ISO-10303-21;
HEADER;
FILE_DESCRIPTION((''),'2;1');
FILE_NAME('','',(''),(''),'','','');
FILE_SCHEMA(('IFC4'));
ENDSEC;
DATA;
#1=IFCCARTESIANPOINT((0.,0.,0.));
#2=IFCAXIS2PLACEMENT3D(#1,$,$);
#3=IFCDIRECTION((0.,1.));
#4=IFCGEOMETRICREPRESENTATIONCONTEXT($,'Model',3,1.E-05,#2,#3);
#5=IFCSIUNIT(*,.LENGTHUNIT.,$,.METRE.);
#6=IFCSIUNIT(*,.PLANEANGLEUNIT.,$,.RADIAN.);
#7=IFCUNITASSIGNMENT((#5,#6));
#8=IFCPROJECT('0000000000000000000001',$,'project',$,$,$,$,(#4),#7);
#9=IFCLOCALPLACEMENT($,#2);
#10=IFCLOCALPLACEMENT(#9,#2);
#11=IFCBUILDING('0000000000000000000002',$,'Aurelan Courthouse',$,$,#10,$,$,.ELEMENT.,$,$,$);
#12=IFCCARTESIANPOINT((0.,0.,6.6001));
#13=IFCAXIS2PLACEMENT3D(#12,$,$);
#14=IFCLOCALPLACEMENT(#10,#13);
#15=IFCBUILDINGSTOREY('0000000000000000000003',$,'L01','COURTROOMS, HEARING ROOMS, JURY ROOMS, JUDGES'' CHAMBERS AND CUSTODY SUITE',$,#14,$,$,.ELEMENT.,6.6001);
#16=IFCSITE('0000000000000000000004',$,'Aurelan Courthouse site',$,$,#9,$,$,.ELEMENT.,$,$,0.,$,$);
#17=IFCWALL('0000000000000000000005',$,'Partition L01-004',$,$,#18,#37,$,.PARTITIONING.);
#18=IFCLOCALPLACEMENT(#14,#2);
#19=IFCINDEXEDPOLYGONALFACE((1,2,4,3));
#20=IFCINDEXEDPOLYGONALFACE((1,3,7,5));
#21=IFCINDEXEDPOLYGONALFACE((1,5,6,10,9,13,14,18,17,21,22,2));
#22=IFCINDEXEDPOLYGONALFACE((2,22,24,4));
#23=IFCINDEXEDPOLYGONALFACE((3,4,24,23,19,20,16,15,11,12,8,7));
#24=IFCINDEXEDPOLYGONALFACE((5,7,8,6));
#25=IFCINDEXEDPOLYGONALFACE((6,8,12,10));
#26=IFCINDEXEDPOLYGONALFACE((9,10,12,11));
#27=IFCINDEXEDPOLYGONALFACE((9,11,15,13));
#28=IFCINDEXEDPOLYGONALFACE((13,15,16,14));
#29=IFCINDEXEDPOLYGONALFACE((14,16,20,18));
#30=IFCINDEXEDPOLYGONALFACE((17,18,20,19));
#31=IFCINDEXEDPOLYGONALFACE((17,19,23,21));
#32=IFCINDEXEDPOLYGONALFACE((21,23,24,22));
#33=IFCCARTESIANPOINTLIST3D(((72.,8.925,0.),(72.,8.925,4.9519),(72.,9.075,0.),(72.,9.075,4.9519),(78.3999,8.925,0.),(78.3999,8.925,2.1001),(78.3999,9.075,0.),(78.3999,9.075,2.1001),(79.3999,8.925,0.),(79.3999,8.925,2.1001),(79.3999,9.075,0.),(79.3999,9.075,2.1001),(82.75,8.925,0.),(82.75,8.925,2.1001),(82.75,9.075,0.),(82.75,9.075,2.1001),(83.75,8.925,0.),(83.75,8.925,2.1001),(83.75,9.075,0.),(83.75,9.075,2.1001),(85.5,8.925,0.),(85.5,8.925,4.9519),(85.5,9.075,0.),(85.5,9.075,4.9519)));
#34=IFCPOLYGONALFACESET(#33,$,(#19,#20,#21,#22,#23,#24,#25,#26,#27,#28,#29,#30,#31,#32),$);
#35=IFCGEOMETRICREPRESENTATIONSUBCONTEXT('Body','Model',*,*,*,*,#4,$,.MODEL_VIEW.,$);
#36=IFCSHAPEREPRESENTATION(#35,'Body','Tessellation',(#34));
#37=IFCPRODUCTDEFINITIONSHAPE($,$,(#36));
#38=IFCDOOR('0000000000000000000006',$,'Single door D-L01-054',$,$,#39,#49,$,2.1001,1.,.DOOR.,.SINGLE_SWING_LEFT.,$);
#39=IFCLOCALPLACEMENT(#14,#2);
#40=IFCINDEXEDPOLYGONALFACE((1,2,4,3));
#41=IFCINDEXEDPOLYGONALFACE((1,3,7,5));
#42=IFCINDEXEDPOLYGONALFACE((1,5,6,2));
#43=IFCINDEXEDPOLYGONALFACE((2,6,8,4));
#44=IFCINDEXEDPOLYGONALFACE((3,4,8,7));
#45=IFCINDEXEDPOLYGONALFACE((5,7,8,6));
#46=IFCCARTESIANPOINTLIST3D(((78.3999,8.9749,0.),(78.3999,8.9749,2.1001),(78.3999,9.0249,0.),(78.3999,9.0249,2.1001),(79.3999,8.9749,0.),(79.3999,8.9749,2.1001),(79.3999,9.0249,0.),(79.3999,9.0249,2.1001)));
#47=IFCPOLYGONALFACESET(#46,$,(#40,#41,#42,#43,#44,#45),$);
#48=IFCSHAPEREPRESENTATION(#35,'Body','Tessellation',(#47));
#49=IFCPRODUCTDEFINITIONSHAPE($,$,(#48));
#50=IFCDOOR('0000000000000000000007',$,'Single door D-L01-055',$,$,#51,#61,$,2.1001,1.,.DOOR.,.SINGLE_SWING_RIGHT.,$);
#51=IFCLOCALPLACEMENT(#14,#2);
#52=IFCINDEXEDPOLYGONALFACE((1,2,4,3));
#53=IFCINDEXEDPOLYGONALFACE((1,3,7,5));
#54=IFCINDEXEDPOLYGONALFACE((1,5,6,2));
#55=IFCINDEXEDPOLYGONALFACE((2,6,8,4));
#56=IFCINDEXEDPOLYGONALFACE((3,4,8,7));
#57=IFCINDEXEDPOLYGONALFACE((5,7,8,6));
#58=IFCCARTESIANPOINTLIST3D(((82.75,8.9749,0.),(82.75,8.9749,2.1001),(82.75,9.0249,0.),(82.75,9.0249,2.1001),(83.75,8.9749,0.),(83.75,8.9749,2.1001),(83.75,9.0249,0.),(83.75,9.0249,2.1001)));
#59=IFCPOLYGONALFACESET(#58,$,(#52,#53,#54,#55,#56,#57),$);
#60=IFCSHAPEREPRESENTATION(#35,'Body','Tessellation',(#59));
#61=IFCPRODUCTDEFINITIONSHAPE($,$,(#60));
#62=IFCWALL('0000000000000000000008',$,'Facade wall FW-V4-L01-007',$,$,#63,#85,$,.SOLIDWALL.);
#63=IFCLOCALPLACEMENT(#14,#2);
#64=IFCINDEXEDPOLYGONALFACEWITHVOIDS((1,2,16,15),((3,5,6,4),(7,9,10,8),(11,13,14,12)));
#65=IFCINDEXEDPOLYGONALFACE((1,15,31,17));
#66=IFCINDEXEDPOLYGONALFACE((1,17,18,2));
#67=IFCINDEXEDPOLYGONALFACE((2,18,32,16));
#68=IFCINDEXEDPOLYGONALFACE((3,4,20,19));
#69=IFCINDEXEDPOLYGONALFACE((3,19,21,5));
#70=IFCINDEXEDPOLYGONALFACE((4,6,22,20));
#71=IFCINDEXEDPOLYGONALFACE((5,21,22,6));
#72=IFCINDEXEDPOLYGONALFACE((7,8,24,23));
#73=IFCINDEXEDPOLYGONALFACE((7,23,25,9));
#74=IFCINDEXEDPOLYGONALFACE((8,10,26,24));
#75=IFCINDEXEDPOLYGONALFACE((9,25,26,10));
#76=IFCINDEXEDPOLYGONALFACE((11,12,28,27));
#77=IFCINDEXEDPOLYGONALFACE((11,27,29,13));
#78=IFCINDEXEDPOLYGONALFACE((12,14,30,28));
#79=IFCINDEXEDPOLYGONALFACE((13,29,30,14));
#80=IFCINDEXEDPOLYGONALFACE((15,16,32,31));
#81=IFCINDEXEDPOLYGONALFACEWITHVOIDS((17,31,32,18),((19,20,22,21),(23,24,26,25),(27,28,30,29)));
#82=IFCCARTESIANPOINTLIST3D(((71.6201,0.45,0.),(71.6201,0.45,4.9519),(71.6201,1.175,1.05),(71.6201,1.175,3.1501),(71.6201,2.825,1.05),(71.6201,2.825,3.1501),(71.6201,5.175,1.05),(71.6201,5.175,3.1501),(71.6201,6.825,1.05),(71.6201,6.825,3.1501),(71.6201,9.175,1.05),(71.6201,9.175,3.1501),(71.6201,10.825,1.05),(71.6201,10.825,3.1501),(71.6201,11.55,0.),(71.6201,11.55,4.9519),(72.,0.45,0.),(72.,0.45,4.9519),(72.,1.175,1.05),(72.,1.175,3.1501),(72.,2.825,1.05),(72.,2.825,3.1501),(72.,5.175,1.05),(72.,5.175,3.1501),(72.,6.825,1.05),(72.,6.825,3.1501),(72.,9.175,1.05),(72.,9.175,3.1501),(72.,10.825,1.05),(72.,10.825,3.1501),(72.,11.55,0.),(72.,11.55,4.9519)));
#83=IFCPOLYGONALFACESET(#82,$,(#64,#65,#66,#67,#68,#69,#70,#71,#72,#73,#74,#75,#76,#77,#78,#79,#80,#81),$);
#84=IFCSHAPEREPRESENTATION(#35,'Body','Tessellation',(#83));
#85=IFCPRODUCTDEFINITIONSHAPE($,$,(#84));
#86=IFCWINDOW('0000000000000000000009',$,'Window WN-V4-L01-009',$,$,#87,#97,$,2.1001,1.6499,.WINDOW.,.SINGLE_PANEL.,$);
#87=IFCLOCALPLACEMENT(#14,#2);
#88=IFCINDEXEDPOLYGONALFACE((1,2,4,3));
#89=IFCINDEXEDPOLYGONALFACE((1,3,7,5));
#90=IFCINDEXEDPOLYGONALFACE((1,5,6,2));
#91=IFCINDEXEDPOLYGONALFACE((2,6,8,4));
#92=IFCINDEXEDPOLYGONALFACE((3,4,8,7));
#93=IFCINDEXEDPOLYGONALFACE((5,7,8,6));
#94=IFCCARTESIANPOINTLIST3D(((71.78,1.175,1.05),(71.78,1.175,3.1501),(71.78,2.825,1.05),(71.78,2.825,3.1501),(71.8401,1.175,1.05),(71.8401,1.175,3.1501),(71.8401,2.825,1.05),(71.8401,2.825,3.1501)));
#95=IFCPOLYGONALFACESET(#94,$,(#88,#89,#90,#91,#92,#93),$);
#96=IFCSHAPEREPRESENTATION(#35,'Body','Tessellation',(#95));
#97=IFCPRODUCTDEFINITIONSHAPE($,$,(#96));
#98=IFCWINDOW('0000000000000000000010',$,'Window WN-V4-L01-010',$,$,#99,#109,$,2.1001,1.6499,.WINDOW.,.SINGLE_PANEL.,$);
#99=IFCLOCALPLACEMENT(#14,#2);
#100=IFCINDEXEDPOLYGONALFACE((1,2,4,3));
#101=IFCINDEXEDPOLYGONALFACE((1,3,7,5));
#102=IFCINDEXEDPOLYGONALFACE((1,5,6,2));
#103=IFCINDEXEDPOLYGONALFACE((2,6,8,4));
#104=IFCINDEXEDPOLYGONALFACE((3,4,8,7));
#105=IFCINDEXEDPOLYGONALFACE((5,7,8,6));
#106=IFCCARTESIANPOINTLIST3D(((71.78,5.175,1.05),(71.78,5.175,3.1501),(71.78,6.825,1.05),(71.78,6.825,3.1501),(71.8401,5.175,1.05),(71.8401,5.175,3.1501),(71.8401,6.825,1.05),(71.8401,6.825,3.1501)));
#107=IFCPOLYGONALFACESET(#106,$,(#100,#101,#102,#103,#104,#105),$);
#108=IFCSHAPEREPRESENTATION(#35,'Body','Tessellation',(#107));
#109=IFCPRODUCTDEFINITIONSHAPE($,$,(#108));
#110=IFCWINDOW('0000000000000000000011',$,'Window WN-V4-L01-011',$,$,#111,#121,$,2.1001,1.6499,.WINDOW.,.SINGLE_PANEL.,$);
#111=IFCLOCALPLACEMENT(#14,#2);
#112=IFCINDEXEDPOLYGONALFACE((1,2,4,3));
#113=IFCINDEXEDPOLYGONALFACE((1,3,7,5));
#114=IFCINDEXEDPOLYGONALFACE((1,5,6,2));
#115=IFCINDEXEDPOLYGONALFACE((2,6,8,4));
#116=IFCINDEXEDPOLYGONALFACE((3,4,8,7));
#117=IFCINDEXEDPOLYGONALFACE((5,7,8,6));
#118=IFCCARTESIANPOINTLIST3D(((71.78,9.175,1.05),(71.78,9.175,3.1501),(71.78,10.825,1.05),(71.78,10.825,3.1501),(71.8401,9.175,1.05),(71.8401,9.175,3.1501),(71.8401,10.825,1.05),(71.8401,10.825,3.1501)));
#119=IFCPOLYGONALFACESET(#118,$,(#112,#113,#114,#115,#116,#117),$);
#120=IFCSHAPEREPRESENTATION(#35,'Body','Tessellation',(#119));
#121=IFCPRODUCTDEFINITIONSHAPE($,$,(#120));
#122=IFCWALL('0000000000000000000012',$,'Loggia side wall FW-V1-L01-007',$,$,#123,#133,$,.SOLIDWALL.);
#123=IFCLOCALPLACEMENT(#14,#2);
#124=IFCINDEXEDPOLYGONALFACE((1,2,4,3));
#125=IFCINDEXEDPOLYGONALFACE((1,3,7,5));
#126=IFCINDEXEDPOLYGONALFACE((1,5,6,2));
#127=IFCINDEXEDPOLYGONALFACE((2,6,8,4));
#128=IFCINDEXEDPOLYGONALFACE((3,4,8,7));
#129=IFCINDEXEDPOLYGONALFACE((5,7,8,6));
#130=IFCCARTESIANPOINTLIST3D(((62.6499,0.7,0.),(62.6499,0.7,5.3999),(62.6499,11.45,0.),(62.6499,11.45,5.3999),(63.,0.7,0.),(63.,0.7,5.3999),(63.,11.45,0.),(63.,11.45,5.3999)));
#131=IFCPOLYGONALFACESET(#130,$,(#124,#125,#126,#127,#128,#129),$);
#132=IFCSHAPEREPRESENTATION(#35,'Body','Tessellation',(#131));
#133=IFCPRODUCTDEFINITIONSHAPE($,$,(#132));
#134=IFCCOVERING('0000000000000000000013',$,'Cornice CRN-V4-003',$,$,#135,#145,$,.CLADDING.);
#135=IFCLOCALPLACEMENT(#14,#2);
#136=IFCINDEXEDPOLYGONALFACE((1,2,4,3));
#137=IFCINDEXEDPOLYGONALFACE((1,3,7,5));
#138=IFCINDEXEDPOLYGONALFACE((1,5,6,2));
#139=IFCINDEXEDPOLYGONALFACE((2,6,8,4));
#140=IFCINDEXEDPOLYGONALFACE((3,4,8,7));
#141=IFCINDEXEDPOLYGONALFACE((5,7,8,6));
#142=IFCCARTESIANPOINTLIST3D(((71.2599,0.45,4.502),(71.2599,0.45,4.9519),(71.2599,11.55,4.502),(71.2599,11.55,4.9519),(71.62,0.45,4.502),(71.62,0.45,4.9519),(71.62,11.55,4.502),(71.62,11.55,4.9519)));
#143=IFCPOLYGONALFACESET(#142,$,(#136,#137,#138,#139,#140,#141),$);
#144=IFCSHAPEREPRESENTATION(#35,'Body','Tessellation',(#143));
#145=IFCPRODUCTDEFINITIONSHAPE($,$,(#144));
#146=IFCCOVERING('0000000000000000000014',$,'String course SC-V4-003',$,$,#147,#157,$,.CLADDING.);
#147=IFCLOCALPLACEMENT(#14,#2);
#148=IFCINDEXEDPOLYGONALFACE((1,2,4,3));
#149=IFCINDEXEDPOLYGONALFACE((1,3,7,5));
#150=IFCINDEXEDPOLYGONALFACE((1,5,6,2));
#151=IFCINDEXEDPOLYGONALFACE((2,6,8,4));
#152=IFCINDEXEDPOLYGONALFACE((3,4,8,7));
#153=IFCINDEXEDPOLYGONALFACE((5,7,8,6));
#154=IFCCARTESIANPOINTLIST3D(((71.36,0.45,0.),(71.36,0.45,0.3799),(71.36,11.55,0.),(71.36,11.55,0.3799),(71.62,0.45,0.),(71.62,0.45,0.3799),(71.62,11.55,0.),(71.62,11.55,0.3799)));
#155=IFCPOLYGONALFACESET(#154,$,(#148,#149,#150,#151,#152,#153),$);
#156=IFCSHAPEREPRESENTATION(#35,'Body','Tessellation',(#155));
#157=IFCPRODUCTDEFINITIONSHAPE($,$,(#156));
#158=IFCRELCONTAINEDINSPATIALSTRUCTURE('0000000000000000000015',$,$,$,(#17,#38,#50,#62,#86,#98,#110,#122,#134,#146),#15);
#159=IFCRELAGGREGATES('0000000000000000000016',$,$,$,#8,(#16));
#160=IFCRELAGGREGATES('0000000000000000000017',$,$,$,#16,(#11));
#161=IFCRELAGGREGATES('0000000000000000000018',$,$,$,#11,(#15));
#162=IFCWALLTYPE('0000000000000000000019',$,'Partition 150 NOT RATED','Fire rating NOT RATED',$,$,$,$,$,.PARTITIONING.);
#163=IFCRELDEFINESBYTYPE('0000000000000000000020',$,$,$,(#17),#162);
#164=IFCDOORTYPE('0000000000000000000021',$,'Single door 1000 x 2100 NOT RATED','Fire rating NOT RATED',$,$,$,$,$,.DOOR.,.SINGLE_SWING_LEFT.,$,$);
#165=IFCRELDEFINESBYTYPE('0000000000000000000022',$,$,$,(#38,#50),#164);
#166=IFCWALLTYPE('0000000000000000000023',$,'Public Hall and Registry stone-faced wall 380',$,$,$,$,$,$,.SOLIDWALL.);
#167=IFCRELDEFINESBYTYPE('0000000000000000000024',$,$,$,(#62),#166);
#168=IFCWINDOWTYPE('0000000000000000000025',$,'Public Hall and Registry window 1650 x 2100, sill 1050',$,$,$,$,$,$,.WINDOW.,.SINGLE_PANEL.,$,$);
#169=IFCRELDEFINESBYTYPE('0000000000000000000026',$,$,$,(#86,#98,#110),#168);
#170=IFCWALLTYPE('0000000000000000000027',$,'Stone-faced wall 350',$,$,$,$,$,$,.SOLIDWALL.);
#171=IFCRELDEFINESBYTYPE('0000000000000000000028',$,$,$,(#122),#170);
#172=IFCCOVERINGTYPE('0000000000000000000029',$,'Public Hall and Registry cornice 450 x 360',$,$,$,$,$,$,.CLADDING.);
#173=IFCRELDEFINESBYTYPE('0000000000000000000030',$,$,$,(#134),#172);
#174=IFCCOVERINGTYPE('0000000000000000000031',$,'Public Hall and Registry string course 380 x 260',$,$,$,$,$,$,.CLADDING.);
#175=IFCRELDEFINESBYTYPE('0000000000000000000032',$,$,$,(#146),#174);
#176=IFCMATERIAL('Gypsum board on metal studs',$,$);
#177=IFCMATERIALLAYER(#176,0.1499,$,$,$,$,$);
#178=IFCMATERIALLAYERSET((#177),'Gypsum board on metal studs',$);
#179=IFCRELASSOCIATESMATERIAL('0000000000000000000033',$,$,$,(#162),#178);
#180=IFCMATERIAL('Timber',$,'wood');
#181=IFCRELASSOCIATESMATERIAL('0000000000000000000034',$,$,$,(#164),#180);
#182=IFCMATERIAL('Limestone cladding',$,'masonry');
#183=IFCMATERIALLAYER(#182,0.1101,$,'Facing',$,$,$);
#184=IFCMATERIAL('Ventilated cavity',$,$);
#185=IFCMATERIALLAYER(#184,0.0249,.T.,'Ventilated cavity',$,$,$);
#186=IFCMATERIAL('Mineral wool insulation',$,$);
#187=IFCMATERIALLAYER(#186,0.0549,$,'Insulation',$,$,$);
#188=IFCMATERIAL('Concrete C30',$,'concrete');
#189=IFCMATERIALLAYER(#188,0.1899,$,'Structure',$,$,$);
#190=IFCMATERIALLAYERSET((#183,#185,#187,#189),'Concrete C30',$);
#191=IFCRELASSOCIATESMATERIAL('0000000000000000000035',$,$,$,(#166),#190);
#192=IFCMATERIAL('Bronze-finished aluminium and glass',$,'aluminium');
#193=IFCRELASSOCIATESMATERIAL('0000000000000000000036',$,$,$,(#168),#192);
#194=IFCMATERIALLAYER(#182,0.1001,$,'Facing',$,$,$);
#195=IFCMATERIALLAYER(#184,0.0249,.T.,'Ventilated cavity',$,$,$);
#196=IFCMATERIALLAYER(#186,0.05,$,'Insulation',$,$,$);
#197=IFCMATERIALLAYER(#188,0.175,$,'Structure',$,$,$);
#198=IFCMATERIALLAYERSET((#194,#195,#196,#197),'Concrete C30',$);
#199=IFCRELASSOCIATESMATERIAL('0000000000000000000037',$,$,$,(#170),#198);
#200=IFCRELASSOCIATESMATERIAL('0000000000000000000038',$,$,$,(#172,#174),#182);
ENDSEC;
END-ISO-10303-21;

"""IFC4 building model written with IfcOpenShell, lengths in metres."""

from ifc_helpers import new_model, si_unit, direction, frame, frame_2d, origin, origin_2d, place, context, subcontext, project, spatial, rectangle, extrude, material, layer, layer_set, type_object, element, fill, save


model = new_model("IFC4")

# Units and contexts
model_context = context("Model", 3, precision=1e-05, world=origin(), true_north=direction((0.0, 1.0)))
body_context = subcontext(model_context, "Body", "Model", "MODEL_VIEW")
ifc_project = project(units=[si_unit("LENGTHUNIT", "METRE"), si_unit("PLANEANGLEUNIT", "RADIAN")], contexts=[model_context])

# Site, building, storey
site_placement = place(None, origin())
site = spatial("IfcSite", under=ifc_project, at=site_placement, Name="Aurelan Courthouse site", CompositionType="ELEMENT", RefElevation=0.0)
building_placement = place(site_placement, origin())
building = spatial("IfcBuilding", under=site, at=building_placement, Name="Aurelan Courthouse", CompositionType="ELEMENT")
storey_placement = place(building_placement, frame((0.0, 0.0, 6.6001)))
storey = spatial("IfcBuildingStorey", under=building, at=storey_placement, Name="L01", Description="COURTROOMS, HEARING ROOMS, JURY ROOMS, JUDGES' CHAMBERS AND CUSTODY SUITE", CompositionType="ELEMENT", Elevation=6.6001)

# Shared definitions
ifc_material_1 = material(Name="Bronze-finished aluminium and glass", Category="aluminium")

# Shared definitions
ifc_material_2 = material(Name="Limestone cladding", Category="masonry")

# Wall, openings, doors
ifc_material_3 = material(Name="Gypsum board on metal studs")
ifc_layer_1 = layer(ifc_material_3, 0.1499)
ifc_layer_set_1 = layer_set([ifc_layer_1], Name="Gypsum board on metal studs")
wall_type_1 = type_object("IfcWallType", Name="Partition 150 NOT RATED", Description="Fire rating NOT RATED", PredefinedType="PARTITIONING", material=ifc_layer_set_1)
wall_1_placement = place(storey_placement, frame((72.0, 9.0, 0.0), z_axis=(0.0, 0.0, 1.0), x_axis=(1.0, 0.0, 0.0)))
wall_1 = element("IfcWall", 1, at=wall_1_placement, inside=storey, type_object=wall_type_1, Name="Partition L01-004", PredefinedType="PARTITIONING", context=body_context, shape_type="SweptSolid", body=[
    extrude(rectangle(XDim=13.5, YDim=0.1499, at=frame_2d((6.75, 0.0))), origin(), (0.0, 0.0, 1.0), 4.9519),
])
opening_1_placement = place(wall_1_placement, frame((6.3999, 0.0, 0.0)))
opening_1 = element("IfcOpeningElement", 2, at=opening_1_placement, cuts=wall_1, PredefinedType="OPENING", context=body_context, shape_type="SweptSolid", body=[
    extrude(rectangle(XDim=1.0, YDim=2.1001, at=frame_2d((0.5, 1.05))), frame((0.0, 0.085, 0.0), z_axis=(0.0, -1.0, 0.0), x_axis=(1.0, 0.0, 0.0)), (0.0, 0.0, 1.0), 0.1699),
])
opening_2_placement = place(wall_1_placement, frame((10.75, 0.0, 0.0)))
opening_2 = element("IfcOpeningElement", 3, at=opening_2_placement, cuts=wall_1, PredefinedType="OPENING", context=body_context, shape_type="SweptSolid", body=[
    extrude(rectangle(XDim=1.0, YDim=2.1001, at=frame_2d((0.5, 1.05))), frame((0.0, 0.085, 0.0), z_axis=(0.0, -1.0, 0.0), x_axis=(1.0, 0.0, 0.0)), (0.0, 0.0, 1.0), 0.1699),
])
ifc_material_4 = material(Name="Timber", Category="wood")
door_type = type_object("IfcDoorType", Name="Single door 1000 x 2100 NOT RATED", Description="Fire rating NOT RATED", OperationType="SINGLE_SWING_LEFT", PredefinedType="DOOR", material=ifc_material_4)
door_1_placement = place(opening_1_placement, origin())
door_1 = element("IfcDoor", 4, at=door_1_placement, inside=storey, type_object=door_type, Name="Single door D-L01-054", OperationType="SINGLE_SWING_LEFT", OverallHeight=2.1001, OverallWidth=1.0, PredefinedType="DOOR", context=body_context, shape_type="SweptSolid", body=[
    extrude(rectangle(XDim=1.0, YDim=2.1001, at=frame_2d((0.5, 1.05))), frame((0.0, 0.0249, 0.0), z_axis=(0.0, -1.0, 0.0), x_axis=(1.0, 0.0, 0.0)), (0.0, 0.0, 1.0), 0.05),
])
fill(opening_1, door_1)
door_2_placement = place(opening_2_placement, origin())
door_2 = element("IfcDoor", 5, at=door_2_placement, inside=storey, type_object=door_type, Name="Single door D-L01-055", OperationType="SINGLE_SWING_RIGHT", OverallHeight=2.1001, OverallWidth=1.0, PredefinedType="DOOR", context=body_context, shape_type="SweptSolid", body=[
    extrude(rectangle(XDim=1.0, YDim=2.1001, at=frame_2d((0.5, 1.05))), frame((0.0, 0.0249, 0.0), z_axis=(0.0, -1.0, 0.0), x_axis=(1.0, 0.0, 0.0)), (0.0, 0.0, 1.0), 0.05),
])
fill(opening_2, door_2)

# Wall, openings, windows
ifc_layer_2 = layer(ifc_material_2, 0.1101, Name="Facing")
ifc_material_5 = material(Name="Ventilated cavity")
ifc_layer_3 = layer(ifc_material_5, 0.0249, ventilated=True, Name="Ventilated cavity")
ifc_material_6 = material(Name="Mineral wool insulation")
ifc_layer_4 = layer(ifc_material_6, 0.0549, Name="Insulation")
ifc_material_7 = material(Name="Concrete C30", Category="concrete")
ifc_layer_5 = layer(ifc_material_7, 0.1899, Name="Structure")
ifc_layer_set_2 = layer_set([ifc_layer_2, ifc_layer_3, ifc_layer_4, ifc_layer_5], Name="Concrete C30")
wall_type_2 = type_object("IfcWallType", Name="Public Hall and Registry stone-faced wall 380", PredefinedType="SOLIDWALL", material=ifc_layer_set_2)
wall_2_placement = place(storey_placement, frame((71.8101, 0.45, 0.0), z_axis=(0.0, 0.0, 1.0), x_axis=(0.0, 1.0, 0.0)))
wall_2 = element("IfcWall", 6, at=wall_2_placement, inside=storey, type_object=wall_type_2, Name="Facade wall FW-V4-L01-007", PredefinedType="SOLIDWALL", context=body_context, shape_type="SweptSolid", body=[
    extrude(rectangle(XDim=11.1001, YDim=0.3799, at=frame_2d((5.55, 0.0))), origin(), (0.0, 0.0, 1.0), 4.9519),
])
opening_3_placement = place(wall_2_placement, frame((0.7251, 0.0, 1.05)))
opening_3 = element("IfcOpeningElement", 7, at=opening_3_placement, cuts=wall_2, PredefinedType="OPENING", context=body_context, shape_type="SweptSolid", body=[
    extrude(rectangle(XDim=1.6499, YDim=2.1001, at=frame_2d((0.825, 1.05))), frame((0.0, 0.2, 0.0), z_axis=(0.0, -1.0, 0.0), x_axis=(1.0, 0.0, 0.0)), (0.0, 0.0, 1.0), 0.3999),
])
opening_4_placement = place(wall_2_placement, frame((4.7251, 0.0, 1.05)))
opening_4 = element("IfcOpeningElement", 8, at=opening_4_placement, cuts=wall_2, PredefinedType="OPENING", context=body_context, shape_type="SweptSolid", body=[
    extrude(rectangle(XDim=1.6499, YDim=2.1001, at=frame_2d((0.825, 1.05))), frame((0.0, 0.2, 0.0), z_axis=(0.0, -1.0, 0.0), x_axis=(1.0, 0.0, 0.0)), (0.0, 0.0, 1.0), 0.3999),
])
opening_5_placement = place(wall_2_placement, frame((8.7251, 0.0, 1.05)))
opening_5 = element("IfcOpeningElement", 9, at=opening_5_placement, cuts=wall_2, PredefinedType="OPENING", context=body_context, shape_type="SweptSolid", body=[
    extrude(rectangle(XDim=1.6499, YDim=2.1001, at=frame_2d((0.825, 1.05))), frame((0.0, 0.2, 0.0), z_axis=(0.0, -1.0, 0.0), x_axis=(1.0, 0.0, 0.0)), (0.0, 0.0, 1.0), 0.3999),
])
window_type = type_object("IfcWindowType", Name="Public Hall and Registry window 1650 x 2100, sill 1050", PartitioningType="SINGLE_PANEL", PredefinedType="WINDOW", material=ifc_material_1)
window_1_placement = place(opening_3_placement, origin())
window_1 = element("IfcWindow", 10, at=window_1_placement, inside=storey, type_object=window_type, Name="Window WN-V4-L01-009", OverallHeight=2.1001, OverallWidth=1.6499, PartitioningType="SINGLE_PANEL", PredefinedType="WINDOW", context=body_context, shape_type="SweptSolid", body=[
    extrude(rectangle(XDim=1.6499, YDim=2.1001, at=frame_2d((0.825, 1.05))), frame((0.0, 0.03, 0.0), z_axis=(0.0, -1.0, 0.0), x_axis=(1.0, 0.0, 0.0)), (0.0, 0.0, 1.0), 0.0601),
])
fill(opening_3, window_1)
window_2_placement = place(opening_4_placement, origin())
window_2 = element("IfcWindow", 11, at=window_2_placement, inside=storey, type_object=window_type, Name="Window WN-V4-L01-010", OverallHeight=2.1001, OverallWidth=1.6499, PartitioningType="SINGLE_PANEL", PredefinedType="WINDOW", context=body_context, shape_type="SweptSolid", body=[
    extrude(rectangle(XDim=1.6499, YDim=2.1001, at=frame_2d((0.825, 1.05))), frame((0.0, 0.03, 0.0), z_axis=(0.0, -1.0, 0.0), x_axis=(1.0, 0.0, 0.0)), (0.0, 0.0, 1.0), 0.0601),
])
fill(opening_4, window_2)
window_3_placement = place(opening_5_placement, origin())
window_3 = element("IfcWindow", 12, at=window_3_placement, inside=storey, type_object=window_type, Name="Window WN-V4-L01-011", OverallHeight=2.1001, OverallWidth=1.6499, PartitioningType="SINGLE_PANEL", PredefinedType="WINDOW", context=body_context, shape_type="SweptSolid", body=[
    extrude(rectangle(XDim=1.6499, YDim=2.1001, at=frame_2d((0.825, 1.05))), frame((0.0, 0.03, 0.0), z_axis=(0.0, -1.0, 0.0), x_axis=(1.0, 0.0, 0.0)), (0.0, 0.0, 1.0), 0.0601),
])
fill(opening_5, window_3)

# Wall
ifc_layer_6 = layer(ifc_material_2, 0.1001, Name="Facing")
ifc_layer_7 = layer(ifc_material_5, 0.0249, ventilated=True, Name="Ventilated cavity")
ifc_layer_8 = layer(ifc_material_6, 0.05, Name="Insulation")
ifc_layer_9 = layer(ifc_material_7, 0.175, Name="Structure")
ifc_layer_set_3 = layer_set([ifc_layer_6, ifc_layer_7, ifc_layer_8, ifc_layer_9], Name="Concrete C30")
wall_type_3 = type_object("IfcWallType", Name="Stone-faced wall 350", PredefinedType="SOLIDWALL", material=ifc_layer_set_3)
wall_3_placement = place(storey_placement, frame((62.825, 0.7, 0.0), z_axis=(0.0, 0.0, 1.0), x_axis=(0.0, 1.0, 0.0)))
element("IfcWall", 13, at=wall_3_placement, inside=storey, type_object=wall_type_3, Name="Loggia side wall FW-V1-L01-007", PredefinedType="SOLIDWALL", context=body_context, shape_type="SweptSolid", body=[
    extrude(rectangle(XDim=10.75, YDim=0.3501, at=frame_2d((5.375, 0.0))), origin(), (0.0, 0.0, 1.0), 5.3999),
])

# Coverings
covering_type_1 = type_object("IfcCoveringType", Name="Public Hall and Registry cornice 450 x 360", PredefinedType="CLADDING", material=ifc_material_2)
covering_1_placement = place(storey_placement, frame((71.4399, 6.0, 4.502), z_axis=(0.0, 0.0, 1.0), x_axis=(1.0, 0.0, 0.0)))
element("IfcCovering", 14, at=covering_1_placement, inside=storey, type_object=covering_type_1, Name="Cornice CRN-V4-003", PredefinedType="CLADDING", context=body_context, shape_type="SweptSolid", body=[
    extrude(rectangle(XDim=0.3601, YDim=11.1001, at=origin_2d()), origin(), (0.0, 0.0, 1.0), 0.45),
])
covering_type_2 = type_object("IfcCoveringType", Name="Public Hall and Registry string course 380 x 260", PredefinedType="CLADDING", material=ifc_material_2)
covering_2_placement = place(storey_placement, frame((71.49, 6.0, 0.0), z_axis=(0.0, 0.0, 1.0), x_axis=(1.0, 0.0, 0.0)))
element("IfcCovering", 15, at=covering_2_placement, inside=storey, type_object=covering_type_2, Name="String course SC-V4-003", PredefinedType="CLADDING", context=body_context, shape_type="SweptSolid", body=[
    extrude(rectangle(XDim=0.26, YDim=11.1001, at=origin_2d()), origin(), (0.0, 0.0, 1.0), 0.3799),
])

save(model, "model.ifc")
